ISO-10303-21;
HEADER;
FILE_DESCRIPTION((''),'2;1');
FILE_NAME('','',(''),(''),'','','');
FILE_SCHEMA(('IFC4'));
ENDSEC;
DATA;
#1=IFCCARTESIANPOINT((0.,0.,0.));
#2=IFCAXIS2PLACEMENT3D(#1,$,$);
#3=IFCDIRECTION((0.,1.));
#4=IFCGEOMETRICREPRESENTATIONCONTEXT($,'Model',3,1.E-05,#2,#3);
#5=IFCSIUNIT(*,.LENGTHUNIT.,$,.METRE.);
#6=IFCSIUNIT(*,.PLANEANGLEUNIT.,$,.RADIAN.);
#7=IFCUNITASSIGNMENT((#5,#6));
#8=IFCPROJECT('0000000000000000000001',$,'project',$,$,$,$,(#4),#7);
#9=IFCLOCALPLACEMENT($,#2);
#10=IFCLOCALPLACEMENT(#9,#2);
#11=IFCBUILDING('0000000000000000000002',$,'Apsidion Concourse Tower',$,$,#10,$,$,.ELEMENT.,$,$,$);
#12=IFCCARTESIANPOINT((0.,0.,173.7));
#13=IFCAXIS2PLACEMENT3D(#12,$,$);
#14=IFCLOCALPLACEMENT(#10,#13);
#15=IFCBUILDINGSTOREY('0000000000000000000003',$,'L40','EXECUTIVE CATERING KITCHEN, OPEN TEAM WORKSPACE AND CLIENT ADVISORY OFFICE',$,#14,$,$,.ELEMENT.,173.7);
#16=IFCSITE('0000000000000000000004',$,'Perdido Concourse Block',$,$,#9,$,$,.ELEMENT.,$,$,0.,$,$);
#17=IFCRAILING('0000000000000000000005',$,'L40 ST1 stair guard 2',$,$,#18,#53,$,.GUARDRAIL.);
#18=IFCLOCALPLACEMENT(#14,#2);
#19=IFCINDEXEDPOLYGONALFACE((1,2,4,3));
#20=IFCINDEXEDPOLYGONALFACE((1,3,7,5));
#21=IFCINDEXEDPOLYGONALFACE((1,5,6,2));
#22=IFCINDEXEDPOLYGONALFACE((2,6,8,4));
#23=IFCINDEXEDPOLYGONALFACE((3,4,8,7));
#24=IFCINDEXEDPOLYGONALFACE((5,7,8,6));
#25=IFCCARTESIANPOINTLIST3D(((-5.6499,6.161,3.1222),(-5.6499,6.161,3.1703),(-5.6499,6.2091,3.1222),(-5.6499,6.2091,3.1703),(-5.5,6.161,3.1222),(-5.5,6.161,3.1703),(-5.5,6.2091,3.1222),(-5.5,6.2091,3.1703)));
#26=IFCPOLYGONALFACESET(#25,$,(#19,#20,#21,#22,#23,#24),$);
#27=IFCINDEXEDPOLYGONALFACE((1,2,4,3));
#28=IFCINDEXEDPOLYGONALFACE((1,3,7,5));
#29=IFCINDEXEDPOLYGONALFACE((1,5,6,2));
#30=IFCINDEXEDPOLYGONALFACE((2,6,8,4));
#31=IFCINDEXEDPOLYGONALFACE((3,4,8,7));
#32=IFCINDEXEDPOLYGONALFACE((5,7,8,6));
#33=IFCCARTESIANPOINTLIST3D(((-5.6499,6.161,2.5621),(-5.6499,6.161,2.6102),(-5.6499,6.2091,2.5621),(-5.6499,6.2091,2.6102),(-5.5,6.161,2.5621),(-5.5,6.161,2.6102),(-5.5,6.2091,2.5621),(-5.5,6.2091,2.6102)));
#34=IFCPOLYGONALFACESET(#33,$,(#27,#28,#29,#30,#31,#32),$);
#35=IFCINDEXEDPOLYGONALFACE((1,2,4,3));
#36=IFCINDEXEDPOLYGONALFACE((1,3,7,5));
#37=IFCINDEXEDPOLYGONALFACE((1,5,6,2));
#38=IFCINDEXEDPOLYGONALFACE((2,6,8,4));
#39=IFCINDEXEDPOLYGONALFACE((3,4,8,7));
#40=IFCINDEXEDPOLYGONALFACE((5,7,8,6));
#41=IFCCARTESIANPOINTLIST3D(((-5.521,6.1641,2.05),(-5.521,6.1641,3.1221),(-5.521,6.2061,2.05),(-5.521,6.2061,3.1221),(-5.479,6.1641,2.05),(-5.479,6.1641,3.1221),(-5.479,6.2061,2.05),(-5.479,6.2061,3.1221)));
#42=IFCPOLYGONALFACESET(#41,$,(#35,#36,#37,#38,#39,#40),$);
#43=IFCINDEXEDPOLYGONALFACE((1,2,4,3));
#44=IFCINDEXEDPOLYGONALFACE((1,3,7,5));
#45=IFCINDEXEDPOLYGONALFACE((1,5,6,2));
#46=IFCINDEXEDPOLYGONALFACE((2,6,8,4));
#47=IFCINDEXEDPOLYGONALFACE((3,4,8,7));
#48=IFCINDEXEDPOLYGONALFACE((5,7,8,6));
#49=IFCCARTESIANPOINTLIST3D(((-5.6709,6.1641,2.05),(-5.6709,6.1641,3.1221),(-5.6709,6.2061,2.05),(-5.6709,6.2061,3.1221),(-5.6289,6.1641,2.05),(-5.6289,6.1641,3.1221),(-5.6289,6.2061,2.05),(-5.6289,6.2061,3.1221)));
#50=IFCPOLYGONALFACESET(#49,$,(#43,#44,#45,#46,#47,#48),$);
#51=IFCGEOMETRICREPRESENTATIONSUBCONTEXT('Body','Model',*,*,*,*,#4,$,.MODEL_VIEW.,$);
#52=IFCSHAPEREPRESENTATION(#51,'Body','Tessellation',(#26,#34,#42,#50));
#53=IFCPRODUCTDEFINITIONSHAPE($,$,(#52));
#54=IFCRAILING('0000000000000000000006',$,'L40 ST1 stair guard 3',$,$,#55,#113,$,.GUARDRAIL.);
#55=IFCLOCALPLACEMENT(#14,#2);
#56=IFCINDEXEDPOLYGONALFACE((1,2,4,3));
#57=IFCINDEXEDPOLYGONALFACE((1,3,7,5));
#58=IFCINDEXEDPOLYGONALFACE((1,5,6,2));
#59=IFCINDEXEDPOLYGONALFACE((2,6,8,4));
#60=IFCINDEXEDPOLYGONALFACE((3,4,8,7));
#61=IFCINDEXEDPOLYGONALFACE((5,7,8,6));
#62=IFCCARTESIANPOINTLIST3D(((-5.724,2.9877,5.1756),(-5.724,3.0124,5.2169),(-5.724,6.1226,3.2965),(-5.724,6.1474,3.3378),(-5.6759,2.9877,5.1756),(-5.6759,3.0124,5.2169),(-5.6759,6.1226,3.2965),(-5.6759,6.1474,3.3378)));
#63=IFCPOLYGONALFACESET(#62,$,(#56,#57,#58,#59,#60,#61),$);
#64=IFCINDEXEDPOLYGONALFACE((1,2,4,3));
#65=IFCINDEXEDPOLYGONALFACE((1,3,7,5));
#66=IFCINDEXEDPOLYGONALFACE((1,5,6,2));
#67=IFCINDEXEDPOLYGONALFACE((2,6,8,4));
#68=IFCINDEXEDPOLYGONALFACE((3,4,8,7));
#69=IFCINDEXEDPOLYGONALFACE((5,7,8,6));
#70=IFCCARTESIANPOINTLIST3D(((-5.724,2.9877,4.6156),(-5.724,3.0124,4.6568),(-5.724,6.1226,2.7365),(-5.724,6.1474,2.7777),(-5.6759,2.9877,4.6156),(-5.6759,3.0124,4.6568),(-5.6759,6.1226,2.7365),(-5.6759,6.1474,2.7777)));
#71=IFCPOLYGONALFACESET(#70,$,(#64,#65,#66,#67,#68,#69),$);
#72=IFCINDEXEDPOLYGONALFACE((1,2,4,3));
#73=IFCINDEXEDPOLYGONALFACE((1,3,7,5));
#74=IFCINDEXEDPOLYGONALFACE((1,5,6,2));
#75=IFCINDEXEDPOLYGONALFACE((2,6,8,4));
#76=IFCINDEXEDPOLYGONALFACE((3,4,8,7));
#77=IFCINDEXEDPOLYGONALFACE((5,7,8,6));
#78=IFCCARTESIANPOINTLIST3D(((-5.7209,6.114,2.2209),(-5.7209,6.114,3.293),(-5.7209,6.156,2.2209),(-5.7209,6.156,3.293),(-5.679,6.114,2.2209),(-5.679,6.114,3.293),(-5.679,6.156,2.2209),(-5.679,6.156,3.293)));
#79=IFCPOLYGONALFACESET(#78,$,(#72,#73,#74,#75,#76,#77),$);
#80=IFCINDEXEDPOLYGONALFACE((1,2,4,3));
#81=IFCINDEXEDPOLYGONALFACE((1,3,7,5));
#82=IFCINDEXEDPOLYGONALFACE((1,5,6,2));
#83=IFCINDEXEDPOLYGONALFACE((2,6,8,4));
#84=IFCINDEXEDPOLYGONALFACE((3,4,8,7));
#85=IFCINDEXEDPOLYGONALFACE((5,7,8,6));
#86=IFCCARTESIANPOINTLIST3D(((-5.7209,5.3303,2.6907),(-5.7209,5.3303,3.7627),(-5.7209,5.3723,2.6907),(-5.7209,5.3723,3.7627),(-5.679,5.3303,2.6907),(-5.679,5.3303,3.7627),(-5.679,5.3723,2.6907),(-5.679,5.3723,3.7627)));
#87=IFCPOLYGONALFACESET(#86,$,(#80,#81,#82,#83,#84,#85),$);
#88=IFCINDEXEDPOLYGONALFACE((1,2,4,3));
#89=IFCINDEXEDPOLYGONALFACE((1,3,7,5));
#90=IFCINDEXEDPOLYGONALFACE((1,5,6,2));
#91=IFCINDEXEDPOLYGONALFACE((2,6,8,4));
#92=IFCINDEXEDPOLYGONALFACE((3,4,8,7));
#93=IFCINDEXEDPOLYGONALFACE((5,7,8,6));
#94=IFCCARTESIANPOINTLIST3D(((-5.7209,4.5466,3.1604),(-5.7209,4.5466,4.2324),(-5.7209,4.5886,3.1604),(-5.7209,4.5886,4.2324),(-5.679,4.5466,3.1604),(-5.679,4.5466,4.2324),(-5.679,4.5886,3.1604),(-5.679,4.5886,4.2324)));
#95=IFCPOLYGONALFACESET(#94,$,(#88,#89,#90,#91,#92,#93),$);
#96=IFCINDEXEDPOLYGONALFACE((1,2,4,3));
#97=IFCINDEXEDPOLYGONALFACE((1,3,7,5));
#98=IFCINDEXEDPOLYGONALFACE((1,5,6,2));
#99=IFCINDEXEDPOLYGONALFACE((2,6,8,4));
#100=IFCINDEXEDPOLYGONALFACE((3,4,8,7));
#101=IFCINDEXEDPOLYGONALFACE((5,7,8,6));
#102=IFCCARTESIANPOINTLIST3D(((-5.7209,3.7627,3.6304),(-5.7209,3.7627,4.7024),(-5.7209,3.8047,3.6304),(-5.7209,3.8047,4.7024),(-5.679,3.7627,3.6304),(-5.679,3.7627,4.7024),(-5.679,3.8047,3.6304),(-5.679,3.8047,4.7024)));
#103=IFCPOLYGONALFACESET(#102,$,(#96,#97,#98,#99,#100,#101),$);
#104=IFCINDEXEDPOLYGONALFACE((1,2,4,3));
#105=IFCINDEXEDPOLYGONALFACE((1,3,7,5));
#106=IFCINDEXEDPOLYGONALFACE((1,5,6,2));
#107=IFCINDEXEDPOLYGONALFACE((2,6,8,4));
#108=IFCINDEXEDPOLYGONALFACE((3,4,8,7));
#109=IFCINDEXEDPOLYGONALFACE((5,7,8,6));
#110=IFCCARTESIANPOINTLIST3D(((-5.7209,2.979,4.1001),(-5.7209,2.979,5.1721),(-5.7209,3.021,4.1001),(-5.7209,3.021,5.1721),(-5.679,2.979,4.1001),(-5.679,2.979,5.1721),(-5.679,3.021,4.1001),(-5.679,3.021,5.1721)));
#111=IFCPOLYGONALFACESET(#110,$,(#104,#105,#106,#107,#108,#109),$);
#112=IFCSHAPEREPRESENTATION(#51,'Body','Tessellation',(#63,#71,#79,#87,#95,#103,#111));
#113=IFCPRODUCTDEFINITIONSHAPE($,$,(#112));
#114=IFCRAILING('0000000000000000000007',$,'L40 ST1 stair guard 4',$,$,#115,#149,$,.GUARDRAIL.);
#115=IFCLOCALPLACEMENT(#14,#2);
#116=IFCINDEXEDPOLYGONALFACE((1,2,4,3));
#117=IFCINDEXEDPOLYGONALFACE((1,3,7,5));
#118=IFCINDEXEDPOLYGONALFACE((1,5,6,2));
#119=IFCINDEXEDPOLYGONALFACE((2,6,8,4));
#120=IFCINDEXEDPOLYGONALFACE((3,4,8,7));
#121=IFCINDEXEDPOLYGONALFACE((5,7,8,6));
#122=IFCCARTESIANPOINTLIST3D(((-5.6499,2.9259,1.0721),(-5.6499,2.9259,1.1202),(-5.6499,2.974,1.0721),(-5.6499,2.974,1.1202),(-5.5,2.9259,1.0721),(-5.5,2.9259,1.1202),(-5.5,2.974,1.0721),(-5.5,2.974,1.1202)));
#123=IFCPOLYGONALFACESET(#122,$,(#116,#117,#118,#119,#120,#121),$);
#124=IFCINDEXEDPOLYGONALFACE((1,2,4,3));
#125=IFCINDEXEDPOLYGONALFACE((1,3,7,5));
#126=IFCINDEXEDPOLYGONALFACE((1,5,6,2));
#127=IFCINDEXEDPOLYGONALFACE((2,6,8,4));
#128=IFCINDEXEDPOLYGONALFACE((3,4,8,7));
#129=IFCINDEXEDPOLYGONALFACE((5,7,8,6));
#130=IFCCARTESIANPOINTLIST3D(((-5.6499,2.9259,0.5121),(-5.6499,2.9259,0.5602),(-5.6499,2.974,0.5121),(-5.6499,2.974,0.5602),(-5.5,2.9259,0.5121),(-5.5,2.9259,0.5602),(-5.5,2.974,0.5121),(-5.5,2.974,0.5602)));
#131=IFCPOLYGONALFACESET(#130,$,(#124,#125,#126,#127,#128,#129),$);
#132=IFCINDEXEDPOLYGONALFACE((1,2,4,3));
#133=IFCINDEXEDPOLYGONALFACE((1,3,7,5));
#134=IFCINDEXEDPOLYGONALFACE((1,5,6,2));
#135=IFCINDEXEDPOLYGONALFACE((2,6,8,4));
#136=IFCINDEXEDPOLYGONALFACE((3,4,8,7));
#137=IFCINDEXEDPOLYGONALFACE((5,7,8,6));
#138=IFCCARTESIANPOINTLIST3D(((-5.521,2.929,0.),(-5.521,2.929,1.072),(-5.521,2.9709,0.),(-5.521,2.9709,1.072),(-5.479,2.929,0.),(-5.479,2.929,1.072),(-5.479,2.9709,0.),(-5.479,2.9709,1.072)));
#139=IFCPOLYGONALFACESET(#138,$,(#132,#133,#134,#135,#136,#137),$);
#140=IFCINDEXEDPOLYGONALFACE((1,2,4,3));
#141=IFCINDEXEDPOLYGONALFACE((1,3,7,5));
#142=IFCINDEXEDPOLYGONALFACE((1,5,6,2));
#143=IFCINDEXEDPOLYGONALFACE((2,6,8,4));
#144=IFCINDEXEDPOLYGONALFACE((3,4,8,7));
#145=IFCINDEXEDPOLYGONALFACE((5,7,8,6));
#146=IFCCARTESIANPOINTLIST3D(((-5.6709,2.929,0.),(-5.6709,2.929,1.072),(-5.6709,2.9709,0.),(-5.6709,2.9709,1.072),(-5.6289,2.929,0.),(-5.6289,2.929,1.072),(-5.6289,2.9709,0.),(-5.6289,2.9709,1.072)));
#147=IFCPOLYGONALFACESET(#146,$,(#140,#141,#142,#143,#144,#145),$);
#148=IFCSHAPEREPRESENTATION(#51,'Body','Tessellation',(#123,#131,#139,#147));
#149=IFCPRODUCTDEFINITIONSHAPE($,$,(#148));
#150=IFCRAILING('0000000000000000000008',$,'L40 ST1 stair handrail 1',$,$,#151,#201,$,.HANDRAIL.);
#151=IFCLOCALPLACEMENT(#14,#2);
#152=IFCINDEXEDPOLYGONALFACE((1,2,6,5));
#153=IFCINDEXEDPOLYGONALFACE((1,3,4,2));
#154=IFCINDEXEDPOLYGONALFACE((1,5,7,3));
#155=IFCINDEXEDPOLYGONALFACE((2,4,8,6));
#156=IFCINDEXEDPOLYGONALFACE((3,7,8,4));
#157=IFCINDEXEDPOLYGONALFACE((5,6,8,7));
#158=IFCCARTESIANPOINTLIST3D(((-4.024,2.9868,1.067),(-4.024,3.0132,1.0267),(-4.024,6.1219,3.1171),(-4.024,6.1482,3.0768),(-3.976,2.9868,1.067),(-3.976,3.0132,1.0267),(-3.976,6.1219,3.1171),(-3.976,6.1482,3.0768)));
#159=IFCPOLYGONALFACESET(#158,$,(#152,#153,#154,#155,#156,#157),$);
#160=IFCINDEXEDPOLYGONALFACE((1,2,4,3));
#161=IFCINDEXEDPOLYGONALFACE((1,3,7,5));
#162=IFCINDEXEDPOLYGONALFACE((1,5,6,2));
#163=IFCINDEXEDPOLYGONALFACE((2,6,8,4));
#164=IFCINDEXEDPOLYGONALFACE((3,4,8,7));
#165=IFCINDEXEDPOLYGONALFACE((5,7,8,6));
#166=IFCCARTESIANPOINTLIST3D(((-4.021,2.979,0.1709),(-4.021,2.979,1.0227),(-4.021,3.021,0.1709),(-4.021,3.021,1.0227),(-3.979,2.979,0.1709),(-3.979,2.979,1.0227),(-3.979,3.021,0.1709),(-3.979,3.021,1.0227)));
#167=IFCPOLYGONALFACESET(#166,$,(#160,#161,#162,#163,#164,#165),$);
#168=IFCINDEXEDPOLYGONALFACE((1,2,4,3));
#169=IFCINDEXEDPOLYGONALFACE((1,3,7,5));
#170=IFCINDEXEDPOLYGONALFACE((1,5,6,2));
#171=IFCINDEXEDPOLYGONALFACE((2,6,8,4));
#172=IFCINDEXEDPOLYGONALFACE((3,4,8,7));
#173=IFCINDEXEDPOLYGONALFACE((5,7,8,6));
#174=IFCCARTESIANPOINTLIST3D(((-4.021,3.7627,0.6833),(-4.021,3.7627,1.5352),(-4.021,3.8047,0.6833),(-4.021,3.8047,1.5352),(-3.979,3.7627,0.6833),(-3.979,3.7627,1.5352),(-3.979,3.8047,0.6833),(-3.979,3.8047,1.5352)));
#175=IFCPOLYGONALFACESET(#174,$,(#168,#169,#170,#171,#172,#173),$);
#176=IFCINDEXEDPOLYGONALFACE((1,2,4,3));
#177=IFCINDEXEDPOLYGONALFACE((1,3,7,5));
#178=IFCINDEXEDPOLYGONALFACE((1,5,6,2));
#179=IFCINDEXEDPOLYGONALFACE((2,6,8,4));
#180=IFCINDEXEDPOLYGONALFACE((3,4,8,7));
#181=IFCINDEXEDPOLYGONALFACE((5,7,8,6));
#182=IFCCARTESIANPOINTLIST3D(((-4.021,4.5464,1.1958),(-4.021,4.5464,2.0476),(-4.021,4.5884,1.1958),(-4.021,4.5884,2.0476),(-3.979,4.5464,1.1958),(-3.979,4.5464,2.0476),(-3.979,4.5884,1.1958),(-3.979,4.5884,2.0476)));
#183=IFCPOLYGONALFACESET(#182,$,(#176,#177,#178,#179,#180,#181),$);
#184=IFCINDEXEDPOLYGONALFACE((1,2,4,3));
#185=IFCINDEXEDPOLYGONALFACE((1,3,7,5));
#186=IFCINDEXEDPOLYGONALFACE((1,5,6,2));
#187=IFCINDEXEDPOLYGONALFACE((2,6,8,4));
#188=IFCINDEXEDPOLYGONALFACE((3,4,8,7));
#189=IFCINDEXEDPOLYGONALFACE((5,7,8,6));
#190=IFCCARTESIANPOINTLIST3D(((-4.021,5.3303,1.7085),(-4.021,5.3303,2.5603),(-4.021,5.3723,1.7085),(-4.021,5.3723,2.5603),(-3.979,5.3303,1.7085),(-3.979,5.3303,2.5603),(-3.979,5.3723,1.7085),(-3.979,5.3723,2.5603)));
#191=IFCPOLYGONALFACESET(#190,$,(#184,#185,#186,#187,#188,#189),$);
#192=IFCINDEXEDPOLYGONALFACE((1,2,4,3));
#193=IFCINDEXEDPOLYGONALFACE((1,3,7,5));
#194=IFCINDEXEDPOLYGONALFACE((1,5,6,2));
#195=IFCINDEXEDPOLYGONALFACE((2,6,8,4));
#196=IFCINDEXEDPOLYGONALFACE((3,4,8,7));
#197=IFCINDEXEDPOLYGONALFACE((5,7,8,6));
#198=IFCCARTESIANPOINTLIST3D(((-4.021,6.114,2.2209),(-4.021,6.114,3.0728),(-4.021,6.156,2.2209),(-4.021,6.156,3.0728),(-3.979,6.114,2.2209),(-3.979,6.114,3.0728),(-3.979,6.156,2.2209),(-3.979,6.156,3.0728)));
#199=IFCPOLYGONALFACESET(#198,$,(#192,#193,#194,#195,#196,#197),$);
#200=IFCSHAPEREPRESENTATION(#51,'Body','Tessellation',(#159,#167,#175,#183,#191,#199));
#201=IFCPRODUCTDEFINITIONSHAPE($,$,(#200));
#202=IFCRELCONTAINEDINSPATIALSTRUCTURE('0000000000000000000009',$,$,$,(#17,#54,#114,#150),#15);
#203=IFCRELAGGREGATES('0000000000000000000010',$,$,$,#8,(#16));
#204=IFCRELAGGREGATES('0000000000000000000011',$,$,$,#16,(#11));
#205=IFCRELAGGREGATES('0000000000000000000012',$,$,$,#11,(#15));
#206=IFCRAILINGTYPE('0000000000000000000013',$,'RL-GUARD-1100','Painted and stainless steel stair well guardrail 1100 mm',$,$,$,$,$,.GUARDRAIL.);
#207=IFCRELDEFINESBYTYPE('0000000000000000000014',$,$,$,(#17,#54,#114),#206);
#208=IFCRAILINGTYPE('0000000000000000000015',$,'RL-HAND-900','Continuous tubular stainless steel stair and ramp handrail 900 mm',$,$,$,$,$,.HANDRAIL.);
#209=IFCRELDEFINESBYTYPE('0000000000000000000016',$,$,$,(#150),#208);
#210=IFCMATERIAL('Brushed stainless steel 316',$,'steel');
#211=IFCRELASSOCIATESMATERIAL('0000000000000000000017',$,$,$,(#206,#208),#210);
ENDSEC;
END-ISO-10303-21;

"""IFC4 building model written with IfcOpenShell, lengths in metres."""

from ifc_helpers import new_model, si_unit, direction, frame, origin, origin_2d, place, context, subcontext, project, spatial, rectangle, extrude, material, type_object, element, save


model = new_model("IFC4")

# Units and contexts
model_context = context("Model", 3, precision=1e-05, world=origin(), true_north=direction((0.0, 1.0)))
body_context = subcontext(model_context, "Body", "Model", "MODEL_VIEW")
ifc_project = project(units=[si_unit("LENGTHUNIT", "METRE"), si_unit("PLANEANGLEUNIT", "RADIAN")], contexts=[model_context])

# Site, building, storey
site_placement = place(None, origin())
site = spatial("IfcSite", under=ifc_project, at=site_placement, Name="Perdido Concourse Block", CompositionType="ELEMENT", RefElevation=0.0)
building_placement = place(site_placement, origin())
building = spatial("IfcBuilding", under=site, at=building_placement, Name="Apsidion Concourse Tower", CompositionType="ELEMENT")
storey_placement = place(building_placement, frame((0.0, 0.0, 173.7)))
storey = spatial("IfcBuildingStorey", under=building, at=storey_placement, Name="L40", Description="EXECUTIVE CATERING KITCHEN, OPEN TEAM WORKSPACE AND CLIENT ADVISORY OFFICE", CompositionType="ELEMENT", Elevation=173.7)

# Shared definitions
ifc_material_1 = material(Name="Brushed stainless steel 316", Category="steel")

# Railings
railing_type_1 = type_object("IfcRailingType", Name="RL-GUARD-1100", Description="Painted and stainless steel stair well guardrail 1100 mm", PredefinedType="GUARDRAIL", material=ifc_material_1)
railing_1_placement = place(storey_placement, frame((-5.5, 6.1851, 2.05)))
element("IfcRailing", 1, at=railing_1_placement, inside=storey, type_object=railing_type_1, Name="L40 ST1 stair guard 2", PredefinedType="GUARDRAIL", context=body_context, shape_type="SweptSolid", body=[
    extrude(rectangle(XDim=0.0481, YDim=0.0481, at=origin_2d()), frame((0.0, 0.0, 1.0962), z_axis=(-1.0, 0.0, 0.0), x_axis=(0.0, -1.0, 0.0)), (0.0, 0.0, 1.0), 0.1499),
    extrude(rectangle(XDim=0.0481, YDim=0.0481, at=origin_2d()), frame((0.0, 0.0, 0.5361), z_axis=(-1.0, 0.0, 0.0), x_axis=(0.0, -1.0, 0.0)), (0.0, 0.0, 1.0), 0.1499),
    extrude(rectangle(XDim=0.042, YDim=0.042, at=origin_2d()), origin(), (0.0, 0.0, 1.0), 1.072),
    extrude(rectangle(XDim=0.042, YDim=0.042, at=origin_2d()), frame((-0.1499, 0.0, 0.0)), (0.0, 0.0, 1.0), 1.072),
])
railing_2_placement = place(storey_placement, frame((-5.7, 6.135, 2.2209)))
element("IfcRailing", 2, at=railing_2_placement, inside=storey, type_object=railing_type_1, Name="L40 ST1 stair guard 3", PredefinedType="GUARDRAIL", context=body_context, shape_type="SweptSolid", body=[
    extrude(rectangle(XDim=0.0481, YDim=0.0481, at=origin_2d()), frame((0.0, 0.0, 1.0962), z_axis=(0.0, -0.857717, 0.514122), x_axis=(1.0, 0.0, 0.0)), (0.0, 0.0, 1.0), 3.655),
    extrude(rectangle(XDim=0.0481, YDim=0.0481, at=origin_2d()), frame((0.0, 0.0, 0.5361), z_axis=(0.0, -0.857717, 0.514122), x_axis=(1.0, 0.0, 0.0)), (0.0, 0.0, 1.0), 3.655),
    extrude(rectangle(XDim=0.042, YDim=0.042, at=origin_2d()), origin(), (0.0, 0.0, 1.0), 1.072),
    extrude(rectangle(XDim=0.042, YDim=0.042, at=origin_2d()), frame((0.0, -0.7837, 0.4697)), (0.0, 0.0, 1.0), 1.072),
    extrude(rectangle(XDim=0.042, YDim=0.042, at=origin_2d()), frame((0.0, -1.5674, 0.9395)), (0.0, 0.0, 1.0), 1.072),
    extrude(rectangle(XDim=0.042, YDim=0.042, at=origin_2d()), frame((0.0, -2.3513, 1.4094)), (0.0, 0.0, 1.0), 1.072),
    extrude(rectangle(XDim=0.042, YDim=0.042, at=origin_2d()), frame((0.0, -3.135, 1.8792)), (0.0, 0.0, 1.0), 1.072),
])
railing_3_placement = place(storey_placement, frame((-5.5, 2.95, 0.0)))
element("IfcRailing", 3, at=railing_3_placement, inside=storey, type_object=railing_type_1, Name="L40 ST1 stair guard 4", PredefinedType="GUARDRAIL", context=body_context, shape_type="SweptSolid", body=[
    extrude(rectangle(XDim=0.0481, YDim=0.0481, at=origin_2d()), frame((0.0, 0.0, 1.0962), z_axis=(-1.0, 0.0, 0.0), x_axis=(0.0, -1.0, 0.0)), (0.0, 0.0, 1.0), 0.1499),
    extrude(rectangle(XDim=0.0481, YDim=0.0481, at=origin_2d()), frame((0.0, 0.0, 0.5361), z_axis=(-1.0, 0.0, 0.0), x_axis=(0.0, -1.0, 0.0)), (0.0, 0.0, 1.0), 0.1499),
    extrude(rectangle(XDim=0.042, YDim=0.042, at=origin_2d()), origin(), (0.0, 0.0, 1.0), 1.072),
    extrude(rectangle(XDim=0.042, YDim=0.042, at=origin_2d()), frame((-0.1499, 0.0, 0.0)), (0.0, 0.0, 1.0), 1.072),
])
railing_type_2 = type_object("IfcRailingType", Name="RL-HAND-900", Description="Continuous tubular stainless steel stair and ramp handrail 900 mm", PredefinedType="HANDRAIL", material=ifc_material_1)
railing_4_placement = place(storey_placement, frame((-4.0, 3.0, 0.1709)))
element("IfcRailing", 4, at=railing_4_placement, inside=storey, type_object=railing_type_2, Name="L40 ST1 stair handrail 1", PredefinedType="HANDRAIL", context=body_context, shape_type="SweptSolid", body=[
    extrude(rectangle(XDim=0.0481, YDim=0.0481, at=origin_2d()), frame((0.0, 0.0, 0.876), z_axis=(0.0, 0.836941, 0.547293), x_axis=(-1.0, 0.0, 0.0)), (0.0, 0.0, 1.0), 3.7458),
    extrude(rectangle(XDim=0.042, YDim=0.042, at=origin_2d()), origin(), (0.0, 0.0, 1.0), 0.8518),
    extrude(rectangle(XDim=0.042, YDim=0.042, at=origin_2d()), frame((0.0, 0.7837, 0.5125)), (0.0, 0.0, 1.0), 0.8518),
    extrude(rectangle(XDim=0.042, YDim=0.042, at=origin_2d()), frame((0.0, 1.5674, 1.0249)), (0.0, 0.0, 1.0), 0.8518),
    extrude(rectangle(XDim=0.042, YDim=0.042, at=origin_2d()), frame((0.0, 2.3513, 1.5376)), (0.0, 0.0, 1.0), 0.8518),
    extrude(rectangle(XDim=0.042, YDim=0.042, at=origin_2d()), frame((0.0, 3.135, 2.05)), (0.0, 0.0, 1.0), 0.8518),
])

save(model, "model.ifc")
